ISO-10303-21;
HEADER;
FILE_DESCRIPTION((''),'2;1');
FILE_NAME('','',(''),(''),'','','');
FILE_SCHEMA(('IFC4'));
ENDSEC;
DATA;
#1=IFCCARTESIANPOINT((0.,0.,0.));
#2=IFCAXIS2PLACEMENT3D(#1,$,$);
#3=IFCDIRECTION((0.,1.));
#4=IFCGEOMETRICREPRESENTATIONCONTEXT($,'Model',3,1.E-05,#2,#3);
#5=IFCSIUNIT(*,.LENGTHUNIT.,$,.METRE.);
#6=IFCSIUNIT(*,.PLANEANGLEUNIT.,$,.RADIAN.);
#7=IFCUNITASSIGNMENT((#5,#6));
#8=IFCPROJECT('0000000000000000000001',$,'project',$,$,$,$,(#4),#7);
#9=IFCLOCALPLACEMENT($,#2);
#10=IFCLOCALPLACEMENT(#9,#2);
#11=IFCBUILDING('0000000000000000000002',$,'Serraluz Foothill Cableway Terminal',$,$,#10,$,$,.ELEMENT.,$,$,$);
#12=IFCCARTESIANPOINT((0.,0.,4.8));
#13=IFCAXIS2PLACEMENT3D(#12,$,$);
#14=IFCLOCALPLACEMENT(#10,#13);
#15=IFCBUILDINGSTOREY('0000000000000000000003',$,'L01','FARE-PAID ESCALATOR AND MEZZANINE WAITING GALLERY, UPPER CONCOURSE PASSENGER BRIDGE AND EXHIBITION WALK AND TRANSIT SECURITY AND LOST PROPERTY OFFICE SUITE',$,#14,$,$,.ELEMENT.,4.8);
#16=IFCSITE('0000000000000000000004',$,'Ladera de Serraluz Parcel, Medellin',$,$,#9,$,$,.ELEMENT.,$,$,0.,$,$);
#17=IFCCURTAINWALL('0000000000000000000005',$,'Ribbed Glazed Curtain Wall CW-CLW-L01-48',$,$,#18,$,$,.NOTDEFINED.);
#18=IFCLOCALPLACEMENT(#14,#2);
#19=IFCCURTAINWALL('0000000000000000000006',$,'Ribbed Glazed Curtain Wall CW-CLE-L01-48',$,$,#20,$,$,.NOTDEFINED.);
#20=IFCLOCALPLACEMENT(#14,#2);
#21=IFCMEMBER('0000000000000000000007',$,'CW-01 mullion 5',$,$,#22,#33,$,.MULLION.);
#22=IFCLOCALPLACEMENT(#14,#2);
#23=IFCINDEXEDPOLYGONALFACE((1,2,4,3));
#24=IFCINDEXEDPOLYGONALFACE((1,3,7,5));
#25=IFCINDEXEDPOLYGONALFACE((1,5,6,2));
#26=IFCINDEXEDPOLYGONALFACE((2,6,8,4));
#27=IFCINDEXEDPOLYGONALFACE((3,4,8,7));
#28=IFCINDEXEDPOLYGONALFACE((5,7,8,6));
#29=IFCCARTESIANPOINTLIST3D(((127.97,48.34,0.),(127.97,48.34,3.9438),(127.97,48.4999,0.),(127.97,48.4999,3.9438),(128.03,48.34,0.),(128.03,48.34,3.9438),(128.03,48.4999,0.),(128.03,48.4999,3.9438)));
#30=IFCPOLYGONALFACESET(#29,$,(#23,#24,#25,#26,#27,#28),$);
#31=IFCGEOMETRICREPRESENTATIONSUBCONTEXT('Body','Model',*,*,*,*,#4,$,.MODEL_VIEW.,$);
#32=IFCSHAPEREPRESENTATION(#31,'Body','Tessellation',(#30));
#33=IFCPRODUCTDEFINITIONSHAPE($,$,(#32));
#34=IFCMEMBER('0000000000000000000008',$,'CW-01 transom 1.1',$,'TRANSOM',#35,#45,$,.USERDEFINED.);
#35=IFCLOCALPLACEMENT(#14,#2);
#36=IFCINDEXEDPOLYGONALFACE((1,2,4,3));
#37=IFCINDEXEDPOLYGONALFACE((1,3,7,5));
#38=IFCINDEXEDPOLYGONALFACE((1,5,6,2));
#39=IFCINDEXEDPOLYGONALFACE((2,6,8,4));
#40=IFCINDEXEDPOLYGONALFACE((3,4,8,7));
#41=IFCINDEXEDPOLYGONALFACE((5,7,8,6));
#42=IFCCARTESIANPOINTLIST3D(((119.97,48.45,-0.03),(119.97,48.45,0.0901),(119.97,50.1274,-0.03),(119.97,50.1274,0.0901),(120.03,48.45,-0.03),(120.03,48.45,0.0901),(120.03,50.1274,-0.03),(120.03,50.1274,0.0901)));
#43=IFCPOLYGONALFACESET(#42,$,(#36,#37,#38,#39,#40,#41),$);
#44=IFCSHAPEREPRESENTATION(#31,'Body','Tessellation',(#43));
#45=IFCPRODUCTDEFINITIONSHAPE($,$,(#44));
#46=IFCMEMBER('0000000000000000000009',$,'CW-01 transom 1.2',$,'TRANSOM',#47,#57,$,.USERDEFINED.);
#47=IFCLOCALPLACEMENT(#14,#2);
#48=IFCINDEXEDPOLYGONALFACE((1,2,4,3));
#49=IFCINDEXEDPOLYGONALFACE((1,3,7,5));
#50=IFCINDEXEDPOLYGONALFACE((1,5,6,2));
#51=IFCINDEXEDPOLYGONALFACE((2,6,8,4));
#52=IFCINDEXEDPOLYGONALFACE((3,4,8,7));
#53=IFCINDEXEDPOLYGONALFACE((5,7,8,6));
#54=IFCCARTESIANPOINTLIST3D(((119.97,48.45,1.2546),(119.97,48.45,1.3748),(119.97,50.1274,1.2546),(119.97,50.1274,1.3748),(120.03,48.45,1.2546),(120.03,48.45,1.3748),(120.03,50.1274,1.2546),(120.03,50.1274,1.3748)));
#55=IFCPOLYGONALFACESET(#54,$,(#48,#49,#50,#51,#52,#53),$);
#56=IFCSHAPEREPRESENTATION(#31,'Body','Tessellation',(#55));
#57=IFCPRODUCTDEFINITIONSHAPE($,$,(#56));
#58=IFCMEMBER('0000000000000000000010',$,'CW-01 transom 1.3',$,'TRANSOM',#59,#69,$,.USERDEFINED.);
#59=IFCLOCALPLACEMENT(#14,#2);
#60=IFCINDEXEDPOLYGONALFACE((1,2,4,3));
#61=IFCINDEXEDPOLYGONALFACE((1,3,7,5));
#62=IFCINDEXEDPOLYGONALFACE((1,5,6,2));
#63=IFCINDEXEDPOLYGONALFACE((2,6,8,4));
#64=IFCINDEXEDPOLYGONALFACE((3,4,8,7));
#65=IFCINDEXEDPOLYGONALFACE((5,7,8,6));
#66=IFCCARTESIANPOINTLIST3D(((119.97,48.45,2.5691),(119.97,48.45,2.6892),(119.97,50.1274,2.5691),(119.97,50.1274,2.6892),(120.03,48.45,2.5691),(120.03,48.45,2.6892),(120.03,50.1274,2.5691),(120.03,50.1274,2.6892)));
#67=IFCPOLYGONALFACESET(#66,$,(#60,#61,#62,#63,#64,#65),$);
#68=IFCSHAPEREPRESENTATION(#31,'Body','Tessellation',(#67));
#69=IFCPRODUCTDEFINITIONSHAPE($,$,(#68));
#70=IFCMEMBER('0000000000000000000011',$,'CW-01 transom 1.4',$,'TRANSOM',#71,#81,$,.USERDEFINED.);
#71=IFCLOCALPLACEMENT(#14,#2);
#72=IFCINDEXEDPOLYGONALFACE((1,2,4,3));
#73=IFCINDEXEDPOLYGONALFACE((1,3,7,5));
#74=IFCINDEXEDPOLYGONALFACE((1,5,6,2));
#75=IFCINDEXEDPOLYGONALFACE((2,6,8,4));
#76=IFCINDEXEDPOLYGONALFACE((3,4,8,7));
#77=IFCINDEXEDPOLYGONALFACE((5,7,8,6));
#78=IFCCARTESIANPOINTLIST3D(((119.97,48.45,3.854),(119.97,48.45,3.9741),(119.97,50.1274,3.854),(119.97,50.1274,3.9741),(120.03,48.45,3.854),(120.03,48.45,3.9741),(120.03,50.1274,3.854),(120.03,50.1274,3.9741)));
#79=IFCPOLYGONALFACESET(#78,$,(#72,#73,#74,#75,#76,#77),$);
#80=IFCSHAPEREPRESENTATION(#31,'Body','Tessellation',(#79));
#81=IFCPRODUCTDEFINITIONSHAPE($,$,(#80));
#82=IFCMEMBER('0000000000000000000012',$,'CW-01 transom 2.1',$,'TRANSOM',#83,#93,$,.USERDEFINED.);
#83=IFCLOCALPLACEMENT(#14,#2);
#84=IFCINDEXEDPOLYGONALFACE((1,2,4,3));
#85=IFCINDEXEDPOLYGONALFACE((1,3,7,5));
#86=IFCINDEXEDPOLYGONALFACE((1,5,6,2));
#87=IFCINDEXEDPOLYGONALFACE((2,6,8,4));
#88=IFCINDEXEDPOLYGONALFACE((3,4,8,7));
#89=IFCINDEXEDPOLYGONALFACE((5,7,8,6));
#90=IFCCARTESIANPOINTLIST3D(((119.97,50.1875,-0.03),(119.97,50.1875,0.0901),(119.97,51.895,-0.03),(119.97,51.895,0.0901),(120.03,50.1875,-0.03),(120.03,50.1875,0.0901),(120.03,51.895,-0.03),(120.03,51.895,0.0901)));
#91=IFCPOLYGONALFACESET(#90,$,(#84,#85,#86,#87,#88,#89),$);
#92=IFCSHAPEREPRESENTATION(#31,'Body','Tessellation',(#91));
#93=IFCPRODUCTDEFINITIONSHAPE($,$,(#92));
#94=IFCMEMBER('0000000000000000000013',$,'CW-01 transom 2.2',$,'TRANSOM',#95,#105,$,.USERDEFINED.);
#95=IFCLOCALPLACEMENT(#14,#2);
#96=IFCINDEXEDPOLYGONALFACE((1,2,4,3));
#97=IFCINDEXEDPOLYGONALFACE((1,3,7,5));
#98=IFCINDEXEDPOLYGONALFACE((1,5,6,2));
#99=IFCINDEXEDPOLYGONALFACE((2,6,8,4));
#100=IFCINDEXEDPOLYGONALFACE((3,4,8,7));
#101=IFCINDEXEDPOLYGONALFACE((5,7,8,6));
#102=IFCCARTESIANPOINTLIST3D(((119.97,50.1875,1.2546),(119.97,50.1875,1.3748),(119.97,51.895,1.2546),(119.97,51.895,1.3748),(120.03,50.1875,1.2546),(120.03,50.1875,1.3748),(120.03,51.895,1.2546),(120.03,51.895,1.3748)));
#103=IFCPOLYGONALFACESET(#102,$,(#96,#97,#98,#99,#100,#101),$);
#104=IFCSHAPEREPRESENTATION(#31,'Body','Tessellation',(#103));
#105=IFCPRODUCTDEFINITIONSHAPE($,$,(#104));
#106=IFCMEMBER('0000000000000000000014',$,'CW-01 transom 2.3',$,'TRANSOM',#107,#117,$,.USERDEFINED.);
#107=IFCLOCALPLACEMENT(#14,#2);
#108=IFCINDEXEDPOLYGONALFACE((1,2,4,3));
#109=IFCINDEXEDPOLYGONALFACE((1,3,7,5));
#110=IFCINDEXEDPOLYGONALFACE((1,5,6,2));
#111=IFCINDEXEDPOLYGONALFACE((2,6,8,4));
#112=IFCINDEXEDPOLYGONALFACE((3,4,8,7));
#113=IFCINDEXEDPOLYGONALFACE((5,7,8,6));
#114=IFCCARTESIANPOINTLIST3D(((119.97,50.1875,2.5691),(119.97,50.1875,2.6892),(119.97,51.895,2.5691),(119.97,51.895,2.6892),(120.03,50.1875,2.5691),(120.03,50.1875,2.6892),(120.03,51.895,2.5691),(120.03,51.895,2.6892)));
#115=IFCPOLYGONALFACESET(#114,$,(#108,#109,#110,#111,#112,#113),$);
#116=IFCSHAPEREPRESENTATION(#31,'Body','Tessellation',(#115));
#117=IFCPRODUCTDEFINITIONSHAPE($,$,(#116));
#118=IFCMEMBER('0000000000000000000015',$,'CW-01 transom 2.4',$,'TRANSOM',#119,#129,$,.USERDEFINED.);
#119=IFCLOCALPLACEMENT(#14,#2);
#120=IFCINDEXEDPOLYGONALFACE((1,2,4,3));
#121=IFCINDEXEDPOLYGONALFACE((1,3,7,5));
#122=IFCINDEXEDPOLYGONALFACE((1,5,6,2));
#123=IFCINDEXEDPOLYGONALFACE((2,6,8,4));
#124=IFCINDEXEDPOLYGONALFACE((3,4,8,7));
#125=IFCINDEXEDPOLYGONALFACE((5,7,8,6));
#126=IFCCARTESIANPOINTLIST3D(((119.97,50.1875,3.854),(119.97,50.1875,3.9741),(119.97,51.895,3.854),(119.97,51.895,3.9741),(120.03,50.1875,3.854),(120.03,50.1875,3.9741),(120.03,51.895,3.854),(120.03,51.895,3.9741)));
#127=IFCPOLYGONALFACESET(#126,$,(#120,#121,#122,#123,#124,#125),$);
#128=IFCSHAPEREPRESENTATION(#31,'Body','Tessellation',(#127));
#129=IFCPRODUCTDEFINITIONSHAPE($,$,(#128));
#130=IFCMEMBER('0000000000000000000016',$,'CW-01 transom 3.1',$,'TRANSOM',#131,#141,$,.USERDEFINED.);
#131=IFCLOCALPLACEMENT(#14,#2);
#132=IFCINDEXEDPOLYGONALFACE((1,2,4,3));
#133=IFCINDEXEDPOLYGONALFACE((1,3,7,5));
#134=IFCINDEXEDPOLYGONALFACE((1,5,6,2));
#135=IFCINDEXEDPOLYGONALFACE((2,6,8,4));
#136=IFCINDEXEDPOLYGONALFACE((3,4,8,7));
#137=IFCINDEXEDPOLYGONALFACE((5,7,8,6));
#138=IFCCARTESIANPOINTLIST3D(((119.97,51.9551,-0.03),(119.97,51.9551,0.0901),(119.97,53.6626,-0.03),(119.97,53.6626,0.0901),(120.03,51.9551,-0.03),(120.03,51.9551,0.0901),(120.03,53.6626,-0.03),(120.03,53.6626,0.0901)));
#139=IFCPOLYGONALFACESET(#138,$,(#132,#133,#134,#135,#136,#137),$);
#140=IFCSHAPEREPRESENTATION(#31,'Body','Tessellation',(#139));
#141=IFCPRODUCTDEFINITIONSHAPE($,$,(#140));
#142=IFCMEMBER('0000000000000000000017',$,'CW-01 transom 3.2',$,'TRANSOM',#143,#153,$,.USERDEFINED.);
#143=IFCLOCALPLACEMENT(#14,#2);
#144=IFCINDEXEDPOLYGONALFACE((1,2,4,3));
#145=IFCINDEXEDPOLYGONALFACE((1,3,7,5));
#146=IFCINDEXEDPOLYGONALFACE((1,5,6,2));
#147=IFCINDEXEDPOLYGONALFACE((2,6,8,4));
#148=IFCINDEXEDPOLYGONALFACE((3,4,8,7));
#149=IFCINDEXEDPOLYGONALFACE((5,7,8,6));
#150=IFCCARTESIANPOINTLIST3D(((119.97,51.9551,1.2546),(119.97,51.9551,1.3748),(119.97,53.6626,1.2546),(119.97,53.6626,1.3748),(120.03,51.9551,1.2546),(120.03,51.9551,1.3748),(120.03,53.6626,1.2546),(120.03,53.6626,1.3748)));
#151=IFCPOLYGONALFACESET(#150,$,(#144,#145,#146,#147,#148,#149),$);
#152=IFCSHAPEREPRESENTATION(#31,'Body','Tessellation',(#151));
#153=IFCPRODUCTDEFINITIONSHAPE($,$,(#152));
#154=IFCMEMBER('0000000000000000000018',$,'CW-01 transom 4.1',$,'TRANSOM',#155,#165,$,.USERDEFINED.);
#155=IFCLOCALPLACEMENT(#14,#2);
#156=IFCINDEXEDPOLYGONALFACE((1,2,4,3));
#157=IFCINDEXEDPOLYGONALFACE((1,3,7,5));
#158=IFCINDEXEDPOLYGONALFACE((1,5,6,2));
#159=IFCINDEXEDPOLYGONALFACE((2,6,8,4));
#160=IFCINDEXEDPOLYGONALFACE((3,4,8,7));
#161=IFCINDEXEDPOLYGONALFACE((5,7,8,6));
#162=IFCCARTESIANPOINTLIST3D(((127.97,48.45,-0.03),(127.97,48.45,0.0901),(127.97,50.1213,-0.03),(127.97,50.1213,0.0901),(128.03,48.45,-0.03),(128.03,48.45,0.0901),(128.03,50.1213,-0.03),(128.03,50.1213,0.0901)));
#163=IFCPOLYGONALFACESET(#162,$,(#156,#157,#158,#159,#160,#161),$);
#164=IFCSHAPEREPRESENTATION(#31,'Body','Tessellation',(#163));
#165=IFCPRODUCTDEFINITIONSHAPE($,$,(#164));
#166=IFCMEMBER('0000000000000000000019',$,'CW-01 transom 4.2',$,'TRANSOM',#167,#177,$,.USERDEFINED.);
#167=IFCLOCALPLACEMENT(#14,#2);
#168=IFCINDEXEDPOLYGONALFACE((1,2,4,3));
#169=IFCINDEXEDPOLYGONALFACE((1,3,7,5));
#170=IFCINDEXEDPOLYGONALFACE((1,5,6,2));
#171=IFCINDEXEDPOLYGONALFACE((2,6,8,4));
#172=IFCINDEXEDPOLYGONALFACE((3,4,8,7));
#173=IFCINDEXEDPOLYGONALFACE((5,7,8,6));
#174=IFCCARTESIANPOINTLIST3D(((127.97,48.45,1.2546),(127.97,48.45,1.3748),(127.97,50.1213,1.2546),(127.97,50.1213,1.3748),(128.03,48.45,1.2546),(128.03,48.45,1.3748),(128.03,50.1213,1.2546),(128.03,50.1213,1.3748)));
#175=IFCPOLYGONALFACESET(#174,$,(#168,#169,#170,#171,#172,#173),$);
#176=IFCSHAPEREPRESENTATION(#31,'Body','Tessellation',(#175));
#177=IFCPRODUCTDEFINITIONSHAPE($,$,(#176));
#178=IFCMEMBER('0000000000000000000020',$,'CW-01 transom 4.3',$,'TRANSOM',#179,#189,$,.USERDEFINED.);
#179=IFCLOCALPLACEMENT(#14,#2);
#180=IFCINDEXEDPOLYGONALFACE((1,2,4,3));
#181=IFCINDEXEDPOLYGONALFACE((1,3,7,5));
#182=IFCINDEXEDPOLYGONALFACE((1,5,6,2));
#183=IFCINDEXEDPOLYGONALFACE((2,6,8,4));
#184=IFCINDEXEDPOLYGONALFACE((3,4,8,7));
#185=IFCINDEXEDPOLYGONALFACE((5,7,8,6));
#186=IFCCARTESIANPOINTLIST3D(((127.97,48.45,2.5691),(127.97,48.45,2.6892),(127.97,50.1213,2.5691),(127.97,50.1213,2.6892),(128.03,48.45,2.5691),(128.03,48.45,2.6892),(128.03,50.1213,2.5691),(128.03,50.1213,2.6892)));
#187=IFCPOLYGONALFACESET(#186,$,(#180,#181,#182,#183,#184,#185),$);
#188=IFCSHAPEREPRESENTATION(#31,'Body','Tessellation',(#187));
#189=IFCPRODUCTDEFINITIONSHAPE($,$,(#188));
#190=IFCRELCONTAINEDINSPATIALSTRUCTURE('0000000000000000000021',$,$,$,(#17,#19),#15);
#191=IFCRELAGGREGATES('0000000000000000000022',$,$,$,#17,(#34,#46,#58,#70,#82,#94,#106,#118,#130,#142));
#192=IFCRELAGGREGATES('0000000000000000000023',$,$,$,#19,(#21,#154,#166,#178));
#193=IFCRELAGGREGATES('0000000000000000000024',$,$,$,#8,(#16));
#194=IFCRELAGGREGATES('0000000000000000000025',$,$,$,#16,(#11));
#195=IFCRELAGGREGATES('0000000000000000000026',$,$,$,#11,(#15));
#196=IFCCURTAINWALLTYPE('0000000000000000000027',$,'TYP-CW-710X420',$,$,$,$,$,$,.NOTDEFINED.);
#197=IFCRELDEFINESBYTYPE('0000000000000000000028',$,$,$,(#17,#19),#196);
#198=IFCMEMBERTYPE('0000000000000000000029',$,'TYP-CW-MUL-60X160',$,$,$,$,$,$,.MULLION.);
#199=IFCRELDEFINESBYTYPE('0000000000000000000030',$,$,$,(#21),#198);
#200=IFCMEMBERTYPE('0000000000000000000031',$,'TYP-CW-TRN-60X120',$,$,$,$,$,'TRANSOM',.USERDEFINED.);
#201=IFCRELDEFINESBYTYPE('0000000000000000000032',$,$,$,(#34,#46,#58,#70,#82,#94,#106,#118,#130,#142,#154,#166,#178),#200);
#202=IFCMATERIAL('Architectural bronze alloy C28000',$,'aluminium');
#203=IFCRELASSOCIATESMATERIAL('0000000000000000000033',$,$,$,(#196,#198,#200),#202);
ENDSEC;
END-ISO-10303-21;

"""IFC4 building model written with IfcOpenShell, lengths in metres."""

from ifc_helpers import new_model, si_unit, direction, frame, origin, origin_2d, place, context, subcontext, project, spatial, rectangle, extrude, material, material_profile, profile_set, type_object, element, aggregate, save


model = new_model("IFC4")

# Units and contexts
model_context = context("Model", 3, precision=1e-05, world=origin(), true_north=direction((0.0, 1.0)))
body_context = subcontext(model_context, "Body", "Model", "MODEL_VIEW")
ifc_project = project(units=[si_unit("LENGTHUNIT", "METRE"), si_unit("PLANEANGLEUNIT", "RADIAN")], contexts=[model_context])

# Site, building, storey
site_placement = place(None, origin())
site = spatial("IfcSite", under=ifc_project, at=site_placement, Name="Ladera de Serraluz Parcel, Medellin", CompositionType="ELEMENT", RefElevation=0.0)
building_placement = place(site_placement, origin())
building = spatial("IfcBuilding", under=site, at=building_placement, Name="Serraluz Foothill Cableway Terminal", CompositionType="ELEMENT")
storey_placement = place(building_placement, frame((0.0, 0.0, 4.8)))
storey = spatial("IfcBuildingStorey", under=building, at=storey_placement, Name="L01", Description="FARE-PAID ESCALATOR AND MEZZANINE WAITING GALLERY, UPPER CONCOURSE PASSENGER BRIDGE AND EXHIBITION WALK AND TRANSIT SECURITY AND LOST PROPERTY OFFICE SUITE", CompositionType="ELEMENT", Elevation=4.8)

# Shared definitions
ifc_material_1 = material(Name="Architectural bronze alloy C28000", Category="aluminium")
curtain_wall_type = type_object("IfcCurtainWallType", Name="TYP-CW-710X420", PredefinedType="NOTDEFINED", material=ifc_material_1)
ifc_material_profile_1 = material_profile(ifc_material_1, rectangle(XDim=0.0601, YDim=0.1599, at=origin_2d()), Name="ALU MULLION 60x160")
ifc_profile_set_1 = profile_set([ifc_material_profile_1], Name="Architectural bronze alloy C28000")
member_type_1 = type_object("IfcMemberType", Name="TYP-CW-MUL-60X160", PredefinedType="MULLION", material=ifc_profile_set_1)

# Curtain wall
curtain_wall_1_placement = place(storey_placement, origin())
curtain_wall_1 = element("IfcCurtainWall", 1, at=curtain_wall_1_placement, inside=storey, type_object=curtain_wall_type, Name="Ribbed Glazed Curtain Wall CW-CLW-L01-48", PredefinedType="NOTDEFINED")

# Curtain wall, member
curtain_wall_2_placement = place(storey_placement, origin())
curtain_wall_2 = element("IfcCurtainWall", 2, at=curtain_wall_2_placement, inside=storey, type_object=curtain_wall_type, Name="Ribbed Glazed Curtain Wall CW-CLE-L01-48", PredefinedType="NOTDEFINED")
member_1_placement = place(storey_placement, frame((128.0, 48.4199, 0.0), z_axis=(0.0, 0.0, 1.0), x_axis=(1.0, 0.0, 0.0)))
member_1 = element("IfcMember", 3, at=member_1_placement, type_object=member_type_1, Name="CW-01 mullion 5", PredefinedType="MULLION", context=body_context, shape_type="SweptSolid", body=[
    extrude(rectangle(XDim=0.0601, YDim=0.1599, at=origin_2d()), origin(), (0.0, 0.0, 1.0), 3.9438),
])

# Members
ifc_material_profile_2 = material_profile(ifc_material_1, rectangle(XDim=0.0601, YDim=0.1201, at=origin_2d()), Name="ALU TRANSOM 60x120")
ifc_profile_set_2 = profile_set([ifc_material_profile_2], Name="Architectural bronze alloy C28000")
member_type_2 = type_object("IfcMemberType", Name="TYP-CW-TRN-60X120", ElementType="TRANSOM", PredefinedType="USERDEFINED", material=ifc_profile_set_2)
member_2_placement = place(storey_placement, frame((120.0, 48.45, 0.03), z_axis=(0.0, 1.0, 0.0), x_axis=(-1.0, 0.0, 0.0)))
member_2 = element("IfcMember", 4, at=member_2_placement, type_object=member_type_2, Name="CW-01 transom 1.1", ObjectType="TRANSOM", PredefinedType="USERDEFINED", context=body_context, shape_type="SweptSolid", body=[
    extrude(rectangle(XDim=0.0601, YDim=0.1201, at=origin_2d()), origin(), (0.0, 0.0, 1.0), 1.6775),
])
member_3_placement = place(storey_placement, frame((120.0, 48.45, 1.3147), z_axis=(0.0, 1.0, 0.0), x_axis=(-1.0, 0.0, 0.0)))
member_3 = element("IfcMember", 5, at=member_3_placement, type_object=member_type_2, Name="CW-01 transom 1.2", ObjectType="TRANSOM", PredefinedType="USERDEFINED", context=body_context, shape_type="SweptSolid", body=[
    extrude(rectangle(XDim=0.0601, YDim=0.1201, at=origin_2d()), origin(), (0.0, 0.0, 1.0), 1.6775),
])
member_4_placement = place(storey_placement, frame((120.0, 48.45, 2.6292), z_axis=(0.0, 1.0, 0.0), x_axis=(-1.0, 0.0, 0.0)))
member_4 = element("IfcMember", 6, at=member_4_placement, type_object=member_type_2, Name="CW-01 transom 1.3", ObjectType="TRANSOM", PredefinedType="USERDEFINED", context=body_context, shape_type="SweptSolid", body=[
    extrude(rectangle(XDim=0.0601, YDim=0.1201, at=origin_2d()), origin(), (0.0, 0.0, 1.0), 1.6775),
])
member_5_placement = place(storey_placement, frame((120.0, 48.45, 3.9141), z_axis=(0.0, 1.0, 0.0), x_axis=(-1.0, 0.0, 0.0)))
member_5 = element("IfcMember", 7, at=member_5_placement, type_object=member_type_2, Name="CW-01 transom 1.4", ObjectType="TRANSOM", PredefinedType="USERDEFINED", context=body_context, shape_type="SweptSolid", body=[
    extrude(rectangle(XDim=0.0601, YDim=0.1201, at=origin_2d()), origin(), (0.0, 0.0, 1.0), 1.6775),
])
member_6_placement = place(storey_placement, frame((120.0, 50.1875, 0.03), z_axis=(0.0, 1.0, 0.0), x_axis=(-1.0, 0.0, 0.0)))
member_6 = element("IfcMember", 8, at=member_6_placement, type_object=member_type_2, Name="CW-01 transom 2.1", ObjectType="TRANSOM", PredefinedType="USERDEFINED", context=body_context, shape_type="SweptSolid", body=[
    extrude(rectangle(XDim=0.0601, YDim=0.1201, at=origin_2d()), origin(), (0.0, 0.0, 1.0), 1.7075),
])
member_7_placement = place(storey_placement, frame((120.0, 50.1875, 1.3147), z_axis=(0.0, 1.0, 0.0), x_axis=(-1.0, 0.0, 0.0)))
member_7 = element("IfcMember", 9, at=member_7_placement, type_object=member_type_2, Name="CW-01 transom 2.2", ObjectType="TRANSOM", PredefinedType="USERDEFINED", context=body_context, shape_type="SweptSolid", body=[
    extrude(rectangle(XDim=0.0601, YDim=0.1201, at=origin_2d()), origin(), (0.0, 0.0, 1.0), 1.7075),
])
member_8_placement = place(storey_placement, frame((120.0, 50.1875, 2.6292), z_axis=(0.0, 1.0, 0.0), x_axis=(-1.0, 0.0, 0.0)))
member_8 = element("IfcMember", 10, at=member_8_placement, type_object=member_type_2, Name="CW-01 transom 2.3", ObjectType="TRANSOM", PredefinedType="USERDEFINED", context=body_context, shape_type="SweptSolid", body=[
    extrude(rectangle(XDim=0.0601, YDim=0.1201, at=origin_2d()), origin(), (0.0, 0.0, 1.0), 1.7075),
])
member_9_placement = place(storey_placement, frame((120.0, 50.1875, 3.9141), z_axis=(0.0, 1.0, 0.0), x_axis=(-1.0, 0.0, 0.0)))
member_9 = element("IfcMember", 11, at=member_9_placement, type_object=member_type_2, Name="CW-01 transom 2.4", ObjectType="TRANSOM", PredefinedType="USERDEFINED", context=body_context, shape_type="SweptSolid", body=[
    extrude(rectangle(XDim=0.0601, YDim=0.1201, at=origin_2d()), origin(), (0.0, 0.0, 1.0), 1.7075),
])
member_10_placement = place(storey_placement, frame((120.0, 51.9551, 0.03), z_axis=(0.0, 1.0, 0.0), x_axis=(-1.0, 0.0, 0.0)))
member_10 = element("IfcMember", 12, at=member_10_placement, type_object=member_type_2, Name="CW-01 transom 3.1", ObjectType="TRANSOM", PredefinedType="USERDEFINED", context=body_context, shape_type="SweptSolid", body=[
    extrude(rectangle(XDim=0.0601, YDim=0.1201, at=origin_2d()), origin(), (0.0, 0.0, 1.0), 1.7075),
])
member_11_placement = place(storey_placement, frame((120.0, 51.9551, 1.3147), z_axis=(0.0, 1.0, 0.0), x_axis=(-1.0, 0.0, 0.0)))
member_11 = element("IfcMember", 13, at=member_11_placement, type_object=member_type_2, Name="CW-01 transom 3.2", ObjectType="TRANSOM", PredefinedType="USERDEFINED", context=body_context, shape_type="SweptSolid", body=[
    extrude(rectangle(XDim=0.0601, YDim=0.1201, at=origin_2d()), origin(), (0.0, 0.0, 1.0), 1.7075),
])
member_12_placement = place(storey_placement, frame((128.0, 50.1213, 0.03), z_axis=(0.0, -1.0, 0.0), x_axis=(1.0, 0.0, 0.0)))
member_12 = element("IfcMember", 14, at=member_12_placement, type_object=member_type_2, Name="CW-01 transom 4.1", ObjectType="TRANSOM", PredefinedType="USERDEFINED", context=body_context, shape_type="SweptSolid", body=[
    extrude(rectangle(XDim=0.0601, YDim=0.1201, at=origin_2d()), origin(), (0.0, 0.0, 1.0), 1.6714),
])
member_13_placement = place(storey_placement, frame((128.0, 50.1213, 1.3147), z_axis=(0.0, -1.0, 0.0), x_axis=(1.0, 0.0, 0.0)))
member_13 = element("IfcMember", 15, at=member_13_placement, type_object=member_type_2, Name="CW-01 transom 4.2", ObjectType="TRANSOM", PredefinedType="USERDEFINED", context=body_context, shape_type="SweptSolid", body=[
    extrude(rectangle(XDim=0.0601, YDim=0.1201, at=origin_2d()), origin(), (0.0, 0.0, 1.0), 1.6714),
])
member_14_placement = place(storey_placement, frame((128.0, 50.1213, 2.6292), z_axis=(0.0, -1.0, 0.0), x_axis=(1.0, 0.0, 0.0)))
member_14 = element("IfcMember", 16, at=member_14_placement, type_object=member_type_2, Name="CW-01 transom 4.3", ObjectType="TRANSOM", PredefinedType="USERDEFINED", context=body_context, shape_type="SweptSolid", body=[
    extrude(rectangle(XDim=0.0601, YDim=0.1201, at=origin_2d()), origin(), (0.0, 0.0, 1.0), 1.6714),
])

aggregate(curtain_wall_1, [member_2, member_3, member_4, member_5, member_6, member_7, member_8, member_9, member_10, member_11])
aggregate(curtain_wall_2, [member_1, member_12, member_13, member_14])

save(model, "model.ifc")
